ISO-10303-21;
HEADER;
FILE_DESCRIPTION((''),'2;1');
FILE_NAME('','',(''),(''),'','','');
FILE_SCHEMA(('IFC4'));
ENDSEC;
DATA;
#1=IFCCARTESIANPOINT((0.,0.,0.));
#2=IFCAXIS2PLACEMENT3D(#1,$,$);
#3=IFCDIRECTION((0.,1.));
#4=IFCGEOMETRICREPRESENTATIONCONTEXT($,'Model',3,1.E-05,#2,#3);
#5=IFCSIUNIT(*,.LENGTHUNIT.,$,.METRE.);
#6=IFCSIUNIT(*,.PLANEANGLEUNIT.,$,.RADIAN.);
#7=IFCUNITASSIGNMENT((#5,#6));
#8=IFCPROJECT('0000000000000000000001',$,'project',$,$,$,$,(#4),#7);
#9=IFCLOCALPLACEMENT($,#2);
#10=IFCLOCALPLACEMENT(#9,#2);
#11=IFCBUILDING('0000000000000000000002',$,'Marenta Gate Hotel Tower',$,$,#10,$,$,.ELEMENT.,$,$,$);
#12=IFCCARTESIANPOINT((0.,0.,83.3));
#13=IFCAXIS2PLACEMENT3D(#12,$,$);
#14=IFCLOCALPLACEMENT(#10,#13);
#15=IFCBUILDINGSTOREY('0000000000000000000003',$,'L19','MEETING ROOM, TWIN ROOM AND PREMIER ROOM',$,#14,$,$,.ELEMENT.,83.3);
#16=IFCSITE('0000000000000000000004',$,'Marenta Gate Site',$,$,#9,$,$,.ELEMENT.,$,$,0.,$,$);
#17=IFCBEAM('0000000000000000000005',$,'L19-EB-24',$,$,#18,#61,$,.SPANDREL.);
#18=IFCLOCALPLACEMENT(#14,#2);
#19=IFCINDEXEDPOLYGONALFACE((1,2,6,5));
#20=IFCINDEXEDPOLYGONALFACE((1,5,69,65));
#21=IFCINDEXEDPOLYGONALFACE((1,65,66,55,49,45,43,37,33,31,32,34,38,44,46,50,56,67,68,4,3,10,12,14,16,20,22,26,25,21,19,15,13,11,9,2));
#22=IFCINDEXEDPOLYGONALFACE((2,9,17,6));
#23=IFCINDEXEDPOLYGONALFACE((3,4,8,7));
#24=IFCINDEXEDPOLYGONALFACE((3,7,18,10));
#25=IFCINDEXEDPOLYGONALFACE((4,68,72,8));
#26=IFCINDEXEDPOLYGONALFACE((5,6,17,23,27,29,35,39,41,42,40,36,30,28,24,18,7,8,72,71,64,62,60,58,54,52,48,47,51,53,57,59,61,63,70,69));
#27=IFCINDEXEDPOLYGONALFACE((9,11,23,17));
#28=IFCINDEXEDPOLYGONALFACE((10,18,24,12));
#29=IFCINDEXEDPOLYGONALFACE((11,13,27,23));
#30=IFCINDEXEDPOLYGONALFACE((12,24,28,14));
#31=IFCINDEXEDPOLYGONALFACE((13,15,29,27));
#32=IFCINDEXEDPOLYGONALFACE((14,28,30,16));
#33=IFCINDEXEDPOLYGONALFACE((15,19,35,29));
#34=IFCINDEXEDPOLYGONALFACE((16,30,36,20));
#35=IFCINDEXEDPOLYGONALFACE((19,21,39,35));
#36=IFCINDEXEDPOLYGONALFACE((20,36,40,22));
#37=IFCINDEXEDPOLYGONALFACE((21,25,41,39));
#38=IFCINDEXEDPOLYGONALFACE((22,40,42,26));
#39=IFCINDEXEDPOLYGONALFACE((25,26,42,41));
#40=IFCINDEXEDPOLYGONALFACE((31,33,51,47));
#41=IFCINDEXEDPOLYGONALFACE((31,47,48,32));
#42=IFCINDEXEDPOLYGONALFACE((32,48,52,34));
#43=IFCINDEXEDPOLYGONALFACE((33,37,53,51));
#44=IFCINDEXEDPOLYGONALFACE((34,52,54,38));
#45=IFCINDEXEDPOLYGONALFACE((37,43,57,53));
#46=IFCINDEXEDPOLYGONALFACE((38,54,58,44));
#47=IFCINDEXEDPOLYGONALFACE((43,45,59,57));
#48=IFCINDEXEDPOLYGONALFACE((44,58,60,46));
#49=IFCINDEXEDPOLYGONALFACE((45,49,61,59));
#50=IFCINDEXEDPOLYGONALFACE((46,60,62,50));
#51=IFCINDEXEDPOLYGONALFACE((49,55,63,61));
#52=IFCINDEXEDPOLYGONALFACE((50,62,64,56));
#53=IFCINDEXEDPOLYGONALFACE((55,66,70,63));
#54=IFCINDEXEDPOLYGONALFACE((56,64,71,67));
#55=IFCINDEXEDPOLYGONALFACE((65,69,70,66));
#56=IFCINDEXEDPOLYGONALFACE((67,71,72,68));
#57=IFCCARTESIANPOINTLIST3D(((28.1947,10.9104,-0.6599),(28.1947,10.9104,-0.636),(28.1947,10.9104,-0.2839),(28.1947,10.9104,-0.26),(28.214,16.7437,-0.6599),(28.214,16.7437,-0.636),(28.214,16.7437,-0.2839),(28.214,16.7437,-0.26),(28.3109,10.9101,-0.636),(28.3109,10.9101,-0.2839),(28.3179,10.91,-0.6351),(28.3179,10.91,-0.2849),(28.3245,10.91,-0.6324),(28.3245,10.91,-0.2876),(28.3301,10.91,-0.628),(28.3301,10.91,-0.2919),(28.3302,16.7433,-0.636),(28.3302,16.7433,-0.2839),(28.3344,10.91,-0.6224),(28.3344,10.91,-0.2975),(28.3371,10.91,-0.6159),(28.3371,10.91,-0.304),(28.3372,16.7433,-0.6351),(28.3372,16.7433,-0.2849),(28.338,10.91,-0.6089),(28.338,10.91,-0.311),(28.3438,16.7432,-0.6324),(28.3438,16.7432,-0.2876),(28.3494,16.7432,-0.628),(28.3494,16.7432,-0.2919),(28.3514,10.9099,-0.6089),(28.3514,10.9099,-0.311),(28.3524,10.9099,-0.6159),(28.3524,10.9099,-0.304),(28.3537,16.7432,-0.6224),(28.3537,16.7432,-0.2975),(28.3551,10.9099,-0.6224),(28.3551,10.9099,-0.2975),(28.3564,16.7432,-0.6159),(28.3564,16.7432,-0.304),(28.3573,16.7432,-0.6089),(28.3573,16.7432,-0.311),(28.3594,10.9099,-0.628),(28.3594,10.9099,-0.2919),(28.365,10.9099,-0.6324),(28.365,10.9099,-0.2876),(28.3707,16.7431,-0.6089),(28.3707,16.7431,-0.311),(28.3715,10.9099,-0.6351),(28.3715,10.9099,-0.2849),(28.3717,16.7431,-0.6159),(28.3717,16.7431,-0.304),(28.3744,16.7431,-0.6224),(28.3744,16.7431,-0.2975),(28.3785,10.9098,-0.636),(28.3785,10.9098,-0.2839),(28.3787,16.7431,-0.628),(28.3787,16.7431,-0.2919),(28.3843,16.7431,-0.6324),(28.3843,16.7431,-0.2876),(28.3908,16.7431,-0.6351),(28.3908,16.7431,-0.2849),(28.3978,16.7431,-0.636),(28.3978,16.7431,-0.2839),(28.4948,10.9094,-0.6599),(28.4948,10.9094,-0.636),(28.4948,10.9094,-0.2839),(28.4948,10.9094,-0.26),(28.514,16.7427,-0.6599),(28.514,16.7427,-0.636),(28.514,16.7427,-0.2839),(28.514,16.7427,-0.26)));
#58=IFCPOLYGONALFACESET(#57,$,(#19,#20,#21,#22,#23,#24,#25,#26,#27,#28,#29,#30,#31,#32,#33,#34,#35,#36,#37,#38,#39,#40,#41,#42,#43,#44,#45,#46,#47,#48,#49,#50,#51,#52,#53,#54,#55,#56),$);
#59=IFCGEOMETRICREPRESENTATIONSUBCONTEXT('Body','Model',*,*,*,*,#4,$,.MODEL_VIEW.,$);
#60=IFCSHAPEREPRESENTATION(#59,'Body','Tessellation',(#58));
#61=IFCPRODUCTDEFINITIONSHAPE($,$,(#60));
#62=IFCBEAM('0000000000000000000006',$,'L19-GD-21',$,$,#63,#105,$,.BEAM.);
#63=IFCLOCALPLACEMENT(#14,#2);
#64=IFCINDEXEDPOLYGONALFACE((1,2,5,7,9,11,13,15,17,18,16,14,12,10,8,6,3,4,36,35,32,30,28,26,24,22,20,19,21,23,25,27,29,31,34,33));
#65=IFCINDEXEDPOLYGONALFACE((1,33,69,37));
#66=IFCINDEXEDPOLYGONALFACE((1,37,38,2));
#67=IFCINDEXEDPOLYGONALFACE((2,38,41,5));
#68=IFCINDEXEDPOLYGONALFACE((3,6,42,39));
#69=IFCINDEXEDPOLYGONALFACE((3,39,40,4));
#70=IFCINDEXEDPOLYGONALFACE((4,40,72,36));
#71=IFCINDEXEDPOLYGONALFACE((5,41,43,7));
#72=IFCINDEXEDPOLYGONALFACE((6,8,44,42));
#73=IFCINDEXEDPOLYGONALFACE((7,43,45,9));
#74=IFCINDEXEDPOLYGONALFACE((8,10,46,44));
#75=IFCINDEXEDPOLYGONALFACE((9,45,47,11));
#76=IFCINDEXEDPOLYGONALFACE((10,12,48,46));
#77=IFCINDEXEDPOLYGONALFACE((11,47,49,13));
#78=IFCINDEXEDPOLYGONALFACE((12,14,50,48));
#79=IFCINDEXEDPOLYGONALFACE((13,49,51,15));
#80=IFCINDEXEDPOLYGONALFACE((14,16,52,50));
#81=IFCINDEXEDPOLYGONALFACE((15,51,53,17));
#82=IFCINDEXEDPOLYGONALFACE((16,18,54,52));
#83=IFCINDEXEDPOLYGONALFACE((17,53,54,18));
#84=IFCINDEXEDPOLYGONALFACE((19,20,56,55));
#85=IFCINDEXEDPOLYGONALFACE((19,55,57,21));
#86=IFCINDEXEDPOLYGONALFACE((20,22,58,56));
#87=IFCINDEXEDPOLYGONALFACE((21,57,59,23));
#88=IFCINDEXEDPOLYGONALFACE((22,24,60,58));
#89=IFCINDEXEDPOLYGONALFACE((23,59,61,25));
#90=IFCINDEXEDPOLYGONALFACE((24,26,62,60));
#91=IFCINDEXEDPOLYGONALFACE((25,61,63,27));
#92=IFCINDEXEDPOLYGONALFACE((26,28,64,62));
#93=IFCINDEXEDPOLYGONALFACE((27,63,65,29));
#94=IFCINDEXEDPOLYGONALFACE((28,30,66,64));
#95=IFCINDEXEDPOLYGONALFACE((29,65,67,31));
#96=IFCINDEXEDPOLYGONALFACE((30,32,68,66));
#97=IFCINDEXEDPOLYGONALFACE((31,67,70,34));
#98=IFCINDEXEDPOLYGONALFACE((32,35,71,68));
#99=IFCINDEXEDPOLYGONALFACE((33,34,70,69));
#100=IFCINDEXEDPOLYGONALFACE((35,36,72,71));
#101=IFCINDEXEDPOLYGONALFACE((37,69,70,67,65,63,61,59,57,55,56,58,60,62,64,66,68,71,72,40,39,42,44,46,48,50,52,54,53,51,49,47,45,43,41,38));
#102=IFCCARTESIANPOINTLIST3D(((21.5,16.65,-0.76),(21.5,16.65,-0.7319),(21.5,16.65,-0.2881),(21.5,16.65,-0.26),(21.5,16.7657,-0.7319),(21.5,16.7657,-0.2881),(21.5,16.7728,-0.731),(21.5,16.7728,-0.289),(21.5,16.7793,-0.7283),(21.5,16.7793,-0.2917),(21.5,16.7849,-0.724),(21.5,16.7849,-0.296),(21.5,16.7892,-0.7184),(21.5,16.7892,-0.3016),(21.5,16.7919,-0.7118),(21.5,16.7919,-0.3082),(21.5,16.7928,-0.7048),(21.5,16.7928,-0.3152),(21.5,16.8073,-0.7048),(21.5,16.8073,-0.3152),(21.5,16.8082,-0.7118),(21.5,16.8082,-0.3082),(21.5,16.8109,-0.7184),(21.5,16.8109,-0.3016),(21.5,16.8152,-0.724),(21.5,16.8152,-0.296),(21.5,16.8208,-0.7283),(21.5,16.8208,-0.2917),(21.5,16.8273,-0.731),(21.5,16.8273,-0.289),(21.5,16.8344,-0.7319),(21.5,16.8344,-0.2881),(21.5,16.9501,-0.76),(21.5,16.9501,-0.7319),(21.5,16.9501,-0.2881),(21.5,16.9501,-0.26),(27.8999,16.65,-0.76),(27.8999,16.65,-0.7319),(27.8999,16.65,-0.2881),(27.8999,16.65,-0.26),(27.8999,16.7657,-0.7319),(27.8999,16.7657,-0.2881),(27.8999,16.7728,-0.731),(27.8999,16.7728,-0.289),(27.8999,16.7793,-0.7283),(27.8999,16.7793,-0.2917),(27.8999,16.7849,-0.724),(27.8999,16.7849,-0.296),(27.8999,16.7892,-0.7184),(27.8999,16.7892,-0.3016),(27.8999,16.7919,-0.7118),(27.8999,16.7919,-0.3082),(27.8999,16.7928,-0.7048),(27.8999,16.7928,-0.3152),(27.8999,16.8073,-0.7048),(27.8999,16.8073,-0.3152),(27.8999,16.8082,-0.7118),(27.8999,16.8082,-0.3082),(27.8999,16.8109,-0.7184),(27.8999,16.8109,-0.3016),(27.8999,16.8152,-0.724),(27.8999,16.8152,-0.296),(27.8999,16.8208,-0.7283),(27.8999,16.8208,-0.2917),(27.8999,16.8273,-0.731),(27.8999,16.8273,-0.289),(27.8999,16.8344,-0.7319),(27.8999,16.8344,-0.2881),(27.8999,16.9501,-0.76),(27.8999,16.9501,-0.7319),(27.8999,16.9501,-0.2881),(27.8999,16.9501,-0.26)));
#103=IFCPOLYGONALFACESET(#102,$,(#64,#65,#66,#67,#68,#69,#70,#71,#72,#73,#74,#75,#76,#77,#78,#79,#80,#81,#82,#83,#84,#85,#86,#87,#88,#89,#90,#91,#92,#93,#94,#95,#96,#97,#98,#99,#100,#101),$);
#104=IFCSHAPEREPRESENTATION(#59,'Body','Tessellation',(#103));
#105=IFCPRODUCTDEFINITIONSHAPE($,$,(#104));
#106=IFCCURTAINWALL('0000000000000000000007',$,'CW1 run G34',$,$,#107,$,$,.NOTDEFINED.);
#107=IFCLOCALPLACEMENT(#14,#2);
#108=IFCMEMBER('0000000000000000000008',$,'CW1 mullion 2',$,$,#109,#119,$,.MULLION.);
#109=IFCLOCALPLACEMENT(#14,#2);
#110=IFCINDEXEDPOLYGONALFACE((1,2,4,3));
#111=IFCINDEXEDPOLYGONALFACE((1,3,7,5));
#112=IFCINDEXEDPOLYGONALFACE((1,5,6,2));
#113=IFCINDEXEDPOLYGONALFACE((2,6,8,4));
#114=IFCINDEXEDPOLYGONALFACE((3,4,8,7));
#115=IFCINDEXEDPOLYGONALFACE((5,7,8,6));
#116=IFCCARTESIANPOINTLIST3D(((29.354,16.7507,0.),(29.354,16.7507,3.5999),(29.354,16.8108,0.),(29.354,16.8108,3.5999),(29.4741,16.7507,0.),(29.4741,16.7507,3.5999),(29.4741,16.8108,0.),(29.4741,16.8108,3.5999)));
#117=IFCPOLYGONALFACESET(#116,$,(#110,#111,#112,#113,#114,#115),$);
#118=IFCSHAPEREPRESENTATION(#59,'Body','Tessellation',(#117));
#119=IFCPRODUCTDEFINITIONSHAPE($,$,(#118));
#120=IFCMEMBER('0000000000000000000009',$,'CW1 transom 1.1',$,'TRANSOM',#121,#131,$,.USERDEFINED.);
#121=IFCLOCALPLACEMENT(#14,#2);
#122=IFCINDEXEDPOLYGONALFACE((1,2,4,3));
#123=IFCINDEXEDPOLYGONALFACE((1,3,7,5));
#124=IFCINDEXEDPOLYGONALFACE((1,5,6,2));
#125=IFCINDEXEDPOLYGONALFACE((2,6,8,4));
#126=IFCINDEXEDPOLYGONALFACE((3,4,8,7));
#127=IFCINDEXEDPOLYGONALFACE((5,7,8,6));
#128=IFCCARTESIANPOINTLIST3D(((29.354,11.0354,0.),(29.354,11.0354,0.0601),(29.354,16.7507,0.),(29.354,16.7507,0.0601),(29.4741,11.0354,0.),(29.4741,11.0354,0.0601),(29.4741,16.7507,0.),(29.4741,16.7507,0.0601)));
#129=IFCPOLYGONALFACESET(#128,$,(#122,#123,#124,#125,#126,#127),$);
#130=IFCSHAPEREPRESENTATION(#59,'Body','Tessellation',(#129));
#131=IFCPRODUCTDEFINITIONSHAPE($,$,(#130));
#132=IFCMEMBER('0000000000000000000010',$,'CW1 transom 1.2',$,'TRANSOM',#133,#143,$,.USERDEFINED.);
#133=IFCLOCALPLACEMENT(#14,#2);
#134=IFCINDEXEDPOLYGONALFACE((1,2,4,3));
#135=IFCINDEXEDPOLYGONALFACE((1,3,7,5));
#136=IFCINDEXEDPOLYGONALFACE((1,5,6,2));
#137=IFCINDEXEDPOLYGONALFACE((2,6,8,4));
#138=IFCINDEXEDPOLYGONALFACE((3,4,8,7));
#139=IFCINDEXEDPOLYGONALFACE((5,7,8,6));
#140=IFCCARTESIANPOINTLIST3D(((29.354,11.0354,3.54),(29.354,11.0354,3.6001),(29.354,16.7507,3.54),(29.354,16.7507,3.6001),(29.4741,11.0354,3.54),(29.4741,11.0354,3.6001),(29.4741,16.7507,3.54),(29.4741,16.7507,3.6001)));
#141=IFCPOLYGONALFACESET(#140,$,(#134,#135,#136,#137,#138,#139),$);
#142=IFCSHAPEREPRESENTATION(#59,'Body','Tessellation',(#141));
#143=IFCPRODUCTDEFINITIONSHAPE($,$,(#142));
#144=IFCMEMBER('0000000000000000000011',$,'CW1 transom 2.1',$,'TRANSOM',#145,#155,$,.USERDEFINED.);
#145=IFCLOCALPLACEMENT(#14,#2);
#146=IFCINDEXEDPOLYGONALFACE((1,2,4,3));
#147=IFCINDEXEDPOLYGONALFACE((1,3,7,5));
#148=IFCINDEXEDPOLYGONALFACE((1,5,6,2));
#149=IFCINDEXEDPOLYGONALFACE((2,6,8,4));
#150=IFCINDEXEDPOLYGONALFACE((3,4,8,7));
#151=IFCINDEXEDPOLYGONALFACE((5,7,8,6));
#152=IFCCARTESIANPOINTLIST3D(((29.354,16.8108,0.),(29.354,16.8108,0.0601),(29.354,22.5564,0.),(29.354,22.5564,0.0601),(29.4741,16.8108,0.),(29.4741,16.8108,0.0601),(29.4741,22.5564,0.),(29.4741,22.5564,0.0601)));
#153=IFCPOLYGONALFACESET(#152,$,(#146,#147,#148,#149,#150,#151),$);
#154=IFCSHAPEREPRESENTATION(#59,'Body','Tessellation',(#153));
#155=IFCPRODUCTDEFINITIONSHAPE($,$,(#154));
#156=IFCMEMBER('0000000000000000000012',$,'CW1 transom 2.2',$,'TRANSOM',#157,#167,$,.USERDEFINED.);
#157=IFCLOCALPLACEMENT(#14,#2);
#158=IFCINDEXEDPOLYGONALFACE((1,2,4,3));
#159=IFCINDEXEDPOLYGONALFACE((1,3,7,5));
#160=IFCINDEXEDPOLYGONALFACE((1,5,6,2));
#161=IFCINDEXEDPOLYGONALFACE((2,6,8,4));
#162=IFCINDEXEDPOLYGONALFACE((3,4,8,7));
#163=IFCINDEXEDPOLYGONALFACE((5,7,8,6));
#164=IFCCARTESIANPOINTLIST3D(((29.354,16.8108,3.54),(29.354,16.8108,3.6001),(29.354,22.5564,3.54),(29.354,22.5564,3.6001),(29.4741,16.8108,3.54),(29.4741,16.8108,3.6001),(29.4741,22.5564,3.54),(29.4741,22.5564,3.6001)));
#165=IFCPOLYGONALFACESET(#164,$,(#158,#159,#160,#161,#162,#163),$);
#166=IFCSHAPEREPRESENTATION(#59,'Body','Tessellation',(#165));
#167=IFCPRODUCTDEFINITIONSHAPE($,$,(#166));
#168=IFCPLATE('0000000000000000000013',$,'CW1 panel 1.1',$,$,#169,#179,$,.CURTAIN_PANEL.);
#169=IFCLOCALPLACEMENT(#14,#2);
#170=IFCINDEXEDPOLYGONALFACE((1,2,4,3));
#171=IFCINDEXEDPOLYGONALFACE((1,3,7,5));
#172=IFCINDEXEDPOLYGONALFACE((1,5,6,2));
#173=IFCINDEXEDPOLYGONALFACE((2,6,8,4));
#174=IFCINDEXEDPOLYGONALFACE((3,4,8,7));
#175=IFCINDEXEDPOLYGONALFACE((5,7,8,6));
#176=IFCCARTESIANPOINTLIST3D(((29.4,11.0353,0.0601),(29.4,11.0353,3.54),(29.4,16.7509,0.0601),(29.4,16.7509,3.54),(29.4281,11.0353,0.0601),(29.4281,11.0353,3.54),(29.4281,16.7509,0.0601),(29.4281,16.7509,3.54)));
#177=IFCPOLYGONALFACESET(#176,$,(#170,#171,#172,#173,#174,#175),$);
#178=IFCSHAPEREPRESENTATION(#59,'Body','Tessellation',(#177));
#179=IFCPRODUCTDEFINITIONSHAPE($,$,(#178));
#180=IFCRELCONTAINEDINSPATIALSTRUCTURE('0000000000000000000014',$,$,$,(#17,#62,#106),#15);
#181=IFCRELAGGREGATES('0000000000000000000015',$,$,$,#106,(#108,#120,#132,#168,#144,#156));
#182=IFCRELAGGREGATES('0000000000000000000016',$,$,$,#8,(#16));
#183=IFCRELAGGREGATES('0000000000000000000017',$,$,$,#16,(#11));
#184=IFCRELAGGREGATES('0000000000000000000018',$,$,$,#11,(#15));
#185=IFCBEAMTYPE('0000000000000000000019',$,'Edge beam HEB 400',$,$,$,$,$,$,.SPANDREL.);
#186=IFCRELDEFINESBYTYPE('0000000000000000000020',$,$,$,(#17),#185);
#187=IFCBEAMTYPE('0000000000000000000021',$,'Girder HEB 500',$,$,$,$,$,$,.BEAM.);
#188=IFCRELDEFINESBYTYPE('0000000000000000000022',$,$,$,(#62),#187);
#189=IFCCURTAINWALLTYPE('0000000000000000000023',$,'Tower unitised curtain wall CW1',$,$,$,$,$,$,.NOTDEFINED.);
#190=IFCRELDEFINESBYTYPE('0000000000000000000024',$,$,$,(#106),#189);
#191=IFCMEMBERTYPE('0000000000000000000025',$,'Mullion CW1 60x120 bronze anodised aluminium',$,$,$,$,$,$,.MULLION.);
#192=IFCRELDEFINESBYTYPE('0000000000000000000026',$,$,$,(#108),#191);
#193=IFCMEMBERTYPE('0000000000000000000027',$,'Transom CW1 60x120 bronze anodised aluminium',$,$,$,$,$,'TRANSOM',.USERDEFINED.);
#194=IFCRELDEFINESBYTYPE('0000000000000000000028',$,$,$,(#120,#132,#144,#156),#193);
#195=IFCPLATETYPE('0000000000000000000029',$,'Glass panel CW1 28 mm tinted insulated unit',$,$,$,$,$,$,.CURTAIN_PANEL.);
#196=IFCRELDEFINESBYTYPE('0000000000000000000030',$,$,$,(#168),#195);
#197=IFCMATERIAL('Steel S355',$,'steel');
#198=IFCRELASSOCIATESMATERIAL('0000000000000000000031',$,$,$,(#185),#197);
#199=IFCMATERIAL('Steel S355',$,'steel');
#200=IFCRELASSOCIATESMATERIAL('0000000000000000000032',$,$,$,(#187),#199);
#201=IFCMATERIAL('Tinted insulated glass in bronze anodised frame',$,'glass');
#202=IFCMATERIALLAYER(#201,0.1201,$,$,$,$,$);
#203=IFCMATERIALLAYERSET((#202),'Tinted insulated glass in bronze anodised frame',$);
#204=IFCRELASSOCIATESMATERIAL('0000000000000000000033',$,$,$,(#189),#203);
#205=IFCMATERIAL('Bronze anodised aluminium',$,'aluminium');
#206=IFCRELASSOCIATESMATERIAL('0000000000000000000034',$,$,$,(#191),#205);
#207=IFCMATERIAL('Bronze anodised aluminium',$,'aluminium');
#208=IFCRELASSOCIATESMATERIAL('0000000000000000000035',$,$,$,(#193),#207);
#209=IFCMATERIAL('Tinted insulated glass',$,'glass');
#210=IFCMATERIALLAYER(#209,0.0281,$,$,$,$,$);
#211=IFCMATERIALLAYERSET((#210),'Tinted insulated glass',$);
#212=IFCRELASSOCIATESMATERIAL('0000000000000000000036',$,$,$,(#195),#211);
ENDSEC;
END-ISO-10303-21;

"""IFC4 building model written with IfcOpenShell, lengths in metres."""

from ifc_helpers import new_model, si_unit, direction, frame, origin, origin_2d, place, context, subcontext, project, spatial, rectangle, i_section, extrude, material, layer, layer_set, material_profile, profile_set, type_object, element, aggregate, save


model = new_model("IFC4")

# Units and contexts
model_context = context("Model", 3, precision=1e-05, world=origin(), true_north=direction((0.0, 1.0)))
body_context = subcontext(model_context, "Body", "Model", "MODEL_VIEW")
ifc_project = project(units=[si_unit("LENGTHUNIT", "METRE"), si_unit("PLANEANGLEUNIT", "RADIAN")], contexts=[model_context])

# Site, building, storey
site_placement = place(None, origin())
site = spatial("IfcSite", under=ifc_project, at=site_placement, Name="Marenta Gate Site", CompositionType="ELEMENT", RefElevation=0.0)
building_placement = place(site_placement, origin())
building = spatial("IfcBuilding", under=site, at=building_placement, Name="Marenta Gate Hotel Tower", CompositionType="ELEMENT")
storey_placement = place(building_placement, frame((0.0, 0.0, 83.3)))
storey = spatial("IfcBuildingStorey", under=building, at=storey_placement, Name="L19", Description="MEETING ROOM, TWIN ROOM AND PREMIER ROOM", CompositionType="ELEMENT", Elevation=83.3)

# Beams
ifc_material_1 = material(Name="Steel S355", Category="steel")
ifc_material_profile_1 = material_profile(ifc_material_1, i_section(OverallWidth=0.3, OverallDepth=0.3999, WebThickness=0.0134, FlangeThickness=0.0239, FilletRadius=0.0271, at=origin_2d()), Name="HEB 400")
ifc_profile_set_1 = profile_set([ifc_material_profile_1], Name="Steel S355")
beam_type_1 = type_object("IfcBeamType", Name="Edge beam HEB 400", PredefinedType="SPANDREL", material=ifc_profile_set_1)
beam_1_placement = place(storey_placement, frame((28.364, 16.7432, -0.46), z_axis=(-0.003306, -0.999995, 0.0), x_axis=(0.999995, -0.003306, 0.0)))
element("IfcBeam", 1, at=beam_1_placement, inside=storey, type_object=beam_type_1, Name="L19-EB-24", PredefinedType="SPANDREL", context=body_context, shape_type="SweptSolid", body=[
    extrude(i_section(OverallWidth=0.3, OverallDepth=0.3999, WebThickness=0.0134, FlangeThickness=0.0239, FilletRadius=0.0271, at=origin_2d()), origin(), (0.0, 0.0, 1.0), 5.8333),
])
ifc_material_2 = material(Name="Steel S355", Category="steel")
ifc_material_profile_2 = material_profile(ifc_material_2, i_section(OverallWidth=0.3, OverallDepth=0.5, WebThickness=0.0144, FlangeThickness=0.0281, FilletRadius=0.0271, at=origin_2d()), Name="HEB 500")
ifc_profile_set_2 = profile_set([ifc_material_profile_2], Name="Steel S355")
beam_type_2 = type_object("IfcBeamType", Name="Girder HEB 500", PredefinedType="BEAM", material=ifc_profile_set_2)
beam_2_placement = place(storey_placement, frame((21.5, 16.8, -0.51), z_axis=(1.0, 0.0, 0.0), x_axis=(0.0, 1.0, 0.0)))
element("IfcBeam", 2, at=beam_2_placement, inside=storey, type_object=beam_type_2, Name="L19-GD-21", PredefinedType="BEAM", context=body_context, shape_type="SweptSolid", body=[
    extrude(i_section(OverallWidth=0.3, OverallDepth=0.5, WebThickness=0.0144, FlangeThickness=0.0281, FilletRadius=0.0271, at=origin_2d()), origin(), (0.0, 0.0, 1.0), 6.3999),
])

# Curtain wall, members, plate
ifc_material_3 = material(Name="Tinted insulated glass in bronze anodised frame", Category="glass")
ifc_layer_1 = layer(ifc_material_3, 0.1201)
ifc_layer_set_1 = layer_set([ifc_layer_1], Name="Tinted insulated glass in bronze anodised frame")
curtain_wall_type = type_object("IfcCurtainWallType", Name="Tower unitised curtain wall CW1", PredefinedType="NOTDEFINED", material=ifc_layer_set_1)
curtain_wall_placement = place(storey_placement, origin())
curtain_wall = element("IfcCurtainWall", 3, at=curtain_wall_placement, inside=storey, type_object=curtain_wall_type, Name="CW1 run G34", PredefinedType="NOTDEFINED")
ifc_material_4 = material(Name="Bronze anodised aluminium", Category="aluminium")
ifc_material_profile_3 = material_profile(ifc_material_4, rectangle(XDim=0.1201, YDim=0.0601, at=origin_2d()), Name="Mullion CW1 60x120 bronze anodised aluminium")
ifc_profile_set_3 = profile_set([ifc_material_profile_3], Name="Bronze anodised aluminium")
member_type_1 = type_object("IfcMemberType", Name="Mullion CW1 60x120 bronze anodised aluminium", PredefinedType="MULLION", material=ifc_profile_set_3)
member_1_placement = place(storey_placement, frame((29.4141, 16.7808, 0.0), z_axis=(0.0, 0.0, 1.0), x_axis=(-1.0, 0.0, 0.0)))
member_1 = element("IfcMember", 4, at=member_1_placement, type_object=member_type_1, Name="CW1 mullion 2", PredefinedType="MULLION", context=body_context, shape_type="SweptSolid", body=[
    extrude(rectangle(XDim=0.1201, YDim=0.0601, at=origin_2d()), origin(), (0.0, 0.0, 1.0), 3.5999),
])
ifc_material_5 = material(Name="Bronze anodised aluminium", Category="aluminium")
ifc_material_profile_4 = material_profile(ifc_material_5, rectangle(XDim=0.1201, YDim=0.0601, at=origin_2d()), Name="Transom CW1 60x120 bronze anodised aluminium")
ifc_profile_set_4 = profile_set([ifc_material_profile_4], Name="Bronze anodised aluminium")
member_type_2 = type_object("IfcMemberType", Name="Transom CW1 60x120 bronze anodised aluminium", ElementType="TRANSOM", PredefinedType="USERDEFINED", material=ifc_profile_set_4)
member_2_placement = place(storey_placement, frame((29.4141, 11.0354, 0.03), z_axis=(0.0, 1.0, 0.0), x_axis=(-1.0, 0.0, 0.0)))
member_2 = element("IfcMember", 5, at=member_2_placement, type_object=member_type_2, Name="CW1 transom 1.1", ObjectType="TRANSOM", PredefinedType="USERDEFINED", context=body_context, shape_type="SweptSolid", body=[
    extrude(rectangle(XDim=0.1201, YDim=0.0601, at=origin_2d()), origin(), (0.0, 0.0, 1.0), 5.7153),
])
member_3_placement = place(storey_placement, frame((29.4141, 11.0354, 3.5701), z_axis=(0.0, 1.0, 0.0), x_axis=(-1.0, 0.0, 0.0)))
member_3 = element("IfcMember", 6, at=member_3_placement, type_object=member_type_2, Name="CW1 transom 1.2", ObjectType="TRANSOM", PredefinedType="USERDEFINED", context=body_context, shape_type="SweptSolid", body=[
    extrude(rectangle(XDim=0.1201, YDim=0.0601, at=origin_2d()), origin(), (0.0, 0.0, 1.0), 5.7153),
])
member_4_placement = place(storey_placement, frame((29.4141, 16.8108, 0.03), z_axis=(0.0, 1.0, 0.0), x_axis=(-1.0, 0.0, 0.0)))
member_4 = element("IfcMember", 7, at=member_4_placement, type_object=member_type_2, Name="CW1 transom 2.1", ObjectType="TRANSOM", PredefinedType="USERDEFINED", context=body_context, shape_type="SweptSolid", body=[
    extrude(rectangle(XDim=0.1201, YDim=0.0601, at=origin_2d()), origin(), (0.0, 0.0, 1.0), 5.7456),
])
member_5_placement = place(storey_placement, frame((29.4141, 16.8108, 3.5701), z_axis=(0.0, 1.0, 0.0), x_axis=(-1.0, 0.0, 0.0)))
member_5 = element("IfcMember", 8, at=member_5_placement, type_object=member_type_2, Name="CW1 transom 2.2", ObjectType="TRANSOM", PredefinedType="USERDEFINED", context=body_context, shape_type="SweptSolid", body=[
    extrude(rectangle(XDim=0.1201, YDim=0.0601, at=origin_2d()), origin(), (0.0, 0.0, 1.0), 5.7456),
])
ifc_material_6 = material(Name="Tinted insulated glass", Category="glass")
ifc_layer_2 = layer(ifc_material_6, 0.0281)
ifc_layer_set_2 = layer_set([ifc_layer_2], Name="Tinted insulated glass")
plate_type = type_object("IfcPlateType", Name="Glass panel CW1 28 mm tinted insulated unit", PredefinedType="CURTAIN_PANEL", material=ifc_layer_set_2)
plate_1_placement = place(storey_placement, frame((29.4141, 13.8931, 0.0601), z_axis=(0.0, 0.0, 1.0), x_axis=(0.0, 1.0, 0.0)))
plate_1 = element("IfcPlate", 9, at=plate_1_placement, type_object=plate_type, Name="CW1 panel 1.1", PredefinedType="CURTAIN_PANEL", context=body_context, shape_type="SweptSolid", body=[
    extrude(rectangle(XDim=5.7156, YDim=0.0281, at=origin_2d()), origin(), (0.0, 0.0, 1.0), 3.48),
])
aggregate(curtain_wall, [member_1, member_2, member_3, plate_1, member_4, member_5])

save(model, "model.ifc")
